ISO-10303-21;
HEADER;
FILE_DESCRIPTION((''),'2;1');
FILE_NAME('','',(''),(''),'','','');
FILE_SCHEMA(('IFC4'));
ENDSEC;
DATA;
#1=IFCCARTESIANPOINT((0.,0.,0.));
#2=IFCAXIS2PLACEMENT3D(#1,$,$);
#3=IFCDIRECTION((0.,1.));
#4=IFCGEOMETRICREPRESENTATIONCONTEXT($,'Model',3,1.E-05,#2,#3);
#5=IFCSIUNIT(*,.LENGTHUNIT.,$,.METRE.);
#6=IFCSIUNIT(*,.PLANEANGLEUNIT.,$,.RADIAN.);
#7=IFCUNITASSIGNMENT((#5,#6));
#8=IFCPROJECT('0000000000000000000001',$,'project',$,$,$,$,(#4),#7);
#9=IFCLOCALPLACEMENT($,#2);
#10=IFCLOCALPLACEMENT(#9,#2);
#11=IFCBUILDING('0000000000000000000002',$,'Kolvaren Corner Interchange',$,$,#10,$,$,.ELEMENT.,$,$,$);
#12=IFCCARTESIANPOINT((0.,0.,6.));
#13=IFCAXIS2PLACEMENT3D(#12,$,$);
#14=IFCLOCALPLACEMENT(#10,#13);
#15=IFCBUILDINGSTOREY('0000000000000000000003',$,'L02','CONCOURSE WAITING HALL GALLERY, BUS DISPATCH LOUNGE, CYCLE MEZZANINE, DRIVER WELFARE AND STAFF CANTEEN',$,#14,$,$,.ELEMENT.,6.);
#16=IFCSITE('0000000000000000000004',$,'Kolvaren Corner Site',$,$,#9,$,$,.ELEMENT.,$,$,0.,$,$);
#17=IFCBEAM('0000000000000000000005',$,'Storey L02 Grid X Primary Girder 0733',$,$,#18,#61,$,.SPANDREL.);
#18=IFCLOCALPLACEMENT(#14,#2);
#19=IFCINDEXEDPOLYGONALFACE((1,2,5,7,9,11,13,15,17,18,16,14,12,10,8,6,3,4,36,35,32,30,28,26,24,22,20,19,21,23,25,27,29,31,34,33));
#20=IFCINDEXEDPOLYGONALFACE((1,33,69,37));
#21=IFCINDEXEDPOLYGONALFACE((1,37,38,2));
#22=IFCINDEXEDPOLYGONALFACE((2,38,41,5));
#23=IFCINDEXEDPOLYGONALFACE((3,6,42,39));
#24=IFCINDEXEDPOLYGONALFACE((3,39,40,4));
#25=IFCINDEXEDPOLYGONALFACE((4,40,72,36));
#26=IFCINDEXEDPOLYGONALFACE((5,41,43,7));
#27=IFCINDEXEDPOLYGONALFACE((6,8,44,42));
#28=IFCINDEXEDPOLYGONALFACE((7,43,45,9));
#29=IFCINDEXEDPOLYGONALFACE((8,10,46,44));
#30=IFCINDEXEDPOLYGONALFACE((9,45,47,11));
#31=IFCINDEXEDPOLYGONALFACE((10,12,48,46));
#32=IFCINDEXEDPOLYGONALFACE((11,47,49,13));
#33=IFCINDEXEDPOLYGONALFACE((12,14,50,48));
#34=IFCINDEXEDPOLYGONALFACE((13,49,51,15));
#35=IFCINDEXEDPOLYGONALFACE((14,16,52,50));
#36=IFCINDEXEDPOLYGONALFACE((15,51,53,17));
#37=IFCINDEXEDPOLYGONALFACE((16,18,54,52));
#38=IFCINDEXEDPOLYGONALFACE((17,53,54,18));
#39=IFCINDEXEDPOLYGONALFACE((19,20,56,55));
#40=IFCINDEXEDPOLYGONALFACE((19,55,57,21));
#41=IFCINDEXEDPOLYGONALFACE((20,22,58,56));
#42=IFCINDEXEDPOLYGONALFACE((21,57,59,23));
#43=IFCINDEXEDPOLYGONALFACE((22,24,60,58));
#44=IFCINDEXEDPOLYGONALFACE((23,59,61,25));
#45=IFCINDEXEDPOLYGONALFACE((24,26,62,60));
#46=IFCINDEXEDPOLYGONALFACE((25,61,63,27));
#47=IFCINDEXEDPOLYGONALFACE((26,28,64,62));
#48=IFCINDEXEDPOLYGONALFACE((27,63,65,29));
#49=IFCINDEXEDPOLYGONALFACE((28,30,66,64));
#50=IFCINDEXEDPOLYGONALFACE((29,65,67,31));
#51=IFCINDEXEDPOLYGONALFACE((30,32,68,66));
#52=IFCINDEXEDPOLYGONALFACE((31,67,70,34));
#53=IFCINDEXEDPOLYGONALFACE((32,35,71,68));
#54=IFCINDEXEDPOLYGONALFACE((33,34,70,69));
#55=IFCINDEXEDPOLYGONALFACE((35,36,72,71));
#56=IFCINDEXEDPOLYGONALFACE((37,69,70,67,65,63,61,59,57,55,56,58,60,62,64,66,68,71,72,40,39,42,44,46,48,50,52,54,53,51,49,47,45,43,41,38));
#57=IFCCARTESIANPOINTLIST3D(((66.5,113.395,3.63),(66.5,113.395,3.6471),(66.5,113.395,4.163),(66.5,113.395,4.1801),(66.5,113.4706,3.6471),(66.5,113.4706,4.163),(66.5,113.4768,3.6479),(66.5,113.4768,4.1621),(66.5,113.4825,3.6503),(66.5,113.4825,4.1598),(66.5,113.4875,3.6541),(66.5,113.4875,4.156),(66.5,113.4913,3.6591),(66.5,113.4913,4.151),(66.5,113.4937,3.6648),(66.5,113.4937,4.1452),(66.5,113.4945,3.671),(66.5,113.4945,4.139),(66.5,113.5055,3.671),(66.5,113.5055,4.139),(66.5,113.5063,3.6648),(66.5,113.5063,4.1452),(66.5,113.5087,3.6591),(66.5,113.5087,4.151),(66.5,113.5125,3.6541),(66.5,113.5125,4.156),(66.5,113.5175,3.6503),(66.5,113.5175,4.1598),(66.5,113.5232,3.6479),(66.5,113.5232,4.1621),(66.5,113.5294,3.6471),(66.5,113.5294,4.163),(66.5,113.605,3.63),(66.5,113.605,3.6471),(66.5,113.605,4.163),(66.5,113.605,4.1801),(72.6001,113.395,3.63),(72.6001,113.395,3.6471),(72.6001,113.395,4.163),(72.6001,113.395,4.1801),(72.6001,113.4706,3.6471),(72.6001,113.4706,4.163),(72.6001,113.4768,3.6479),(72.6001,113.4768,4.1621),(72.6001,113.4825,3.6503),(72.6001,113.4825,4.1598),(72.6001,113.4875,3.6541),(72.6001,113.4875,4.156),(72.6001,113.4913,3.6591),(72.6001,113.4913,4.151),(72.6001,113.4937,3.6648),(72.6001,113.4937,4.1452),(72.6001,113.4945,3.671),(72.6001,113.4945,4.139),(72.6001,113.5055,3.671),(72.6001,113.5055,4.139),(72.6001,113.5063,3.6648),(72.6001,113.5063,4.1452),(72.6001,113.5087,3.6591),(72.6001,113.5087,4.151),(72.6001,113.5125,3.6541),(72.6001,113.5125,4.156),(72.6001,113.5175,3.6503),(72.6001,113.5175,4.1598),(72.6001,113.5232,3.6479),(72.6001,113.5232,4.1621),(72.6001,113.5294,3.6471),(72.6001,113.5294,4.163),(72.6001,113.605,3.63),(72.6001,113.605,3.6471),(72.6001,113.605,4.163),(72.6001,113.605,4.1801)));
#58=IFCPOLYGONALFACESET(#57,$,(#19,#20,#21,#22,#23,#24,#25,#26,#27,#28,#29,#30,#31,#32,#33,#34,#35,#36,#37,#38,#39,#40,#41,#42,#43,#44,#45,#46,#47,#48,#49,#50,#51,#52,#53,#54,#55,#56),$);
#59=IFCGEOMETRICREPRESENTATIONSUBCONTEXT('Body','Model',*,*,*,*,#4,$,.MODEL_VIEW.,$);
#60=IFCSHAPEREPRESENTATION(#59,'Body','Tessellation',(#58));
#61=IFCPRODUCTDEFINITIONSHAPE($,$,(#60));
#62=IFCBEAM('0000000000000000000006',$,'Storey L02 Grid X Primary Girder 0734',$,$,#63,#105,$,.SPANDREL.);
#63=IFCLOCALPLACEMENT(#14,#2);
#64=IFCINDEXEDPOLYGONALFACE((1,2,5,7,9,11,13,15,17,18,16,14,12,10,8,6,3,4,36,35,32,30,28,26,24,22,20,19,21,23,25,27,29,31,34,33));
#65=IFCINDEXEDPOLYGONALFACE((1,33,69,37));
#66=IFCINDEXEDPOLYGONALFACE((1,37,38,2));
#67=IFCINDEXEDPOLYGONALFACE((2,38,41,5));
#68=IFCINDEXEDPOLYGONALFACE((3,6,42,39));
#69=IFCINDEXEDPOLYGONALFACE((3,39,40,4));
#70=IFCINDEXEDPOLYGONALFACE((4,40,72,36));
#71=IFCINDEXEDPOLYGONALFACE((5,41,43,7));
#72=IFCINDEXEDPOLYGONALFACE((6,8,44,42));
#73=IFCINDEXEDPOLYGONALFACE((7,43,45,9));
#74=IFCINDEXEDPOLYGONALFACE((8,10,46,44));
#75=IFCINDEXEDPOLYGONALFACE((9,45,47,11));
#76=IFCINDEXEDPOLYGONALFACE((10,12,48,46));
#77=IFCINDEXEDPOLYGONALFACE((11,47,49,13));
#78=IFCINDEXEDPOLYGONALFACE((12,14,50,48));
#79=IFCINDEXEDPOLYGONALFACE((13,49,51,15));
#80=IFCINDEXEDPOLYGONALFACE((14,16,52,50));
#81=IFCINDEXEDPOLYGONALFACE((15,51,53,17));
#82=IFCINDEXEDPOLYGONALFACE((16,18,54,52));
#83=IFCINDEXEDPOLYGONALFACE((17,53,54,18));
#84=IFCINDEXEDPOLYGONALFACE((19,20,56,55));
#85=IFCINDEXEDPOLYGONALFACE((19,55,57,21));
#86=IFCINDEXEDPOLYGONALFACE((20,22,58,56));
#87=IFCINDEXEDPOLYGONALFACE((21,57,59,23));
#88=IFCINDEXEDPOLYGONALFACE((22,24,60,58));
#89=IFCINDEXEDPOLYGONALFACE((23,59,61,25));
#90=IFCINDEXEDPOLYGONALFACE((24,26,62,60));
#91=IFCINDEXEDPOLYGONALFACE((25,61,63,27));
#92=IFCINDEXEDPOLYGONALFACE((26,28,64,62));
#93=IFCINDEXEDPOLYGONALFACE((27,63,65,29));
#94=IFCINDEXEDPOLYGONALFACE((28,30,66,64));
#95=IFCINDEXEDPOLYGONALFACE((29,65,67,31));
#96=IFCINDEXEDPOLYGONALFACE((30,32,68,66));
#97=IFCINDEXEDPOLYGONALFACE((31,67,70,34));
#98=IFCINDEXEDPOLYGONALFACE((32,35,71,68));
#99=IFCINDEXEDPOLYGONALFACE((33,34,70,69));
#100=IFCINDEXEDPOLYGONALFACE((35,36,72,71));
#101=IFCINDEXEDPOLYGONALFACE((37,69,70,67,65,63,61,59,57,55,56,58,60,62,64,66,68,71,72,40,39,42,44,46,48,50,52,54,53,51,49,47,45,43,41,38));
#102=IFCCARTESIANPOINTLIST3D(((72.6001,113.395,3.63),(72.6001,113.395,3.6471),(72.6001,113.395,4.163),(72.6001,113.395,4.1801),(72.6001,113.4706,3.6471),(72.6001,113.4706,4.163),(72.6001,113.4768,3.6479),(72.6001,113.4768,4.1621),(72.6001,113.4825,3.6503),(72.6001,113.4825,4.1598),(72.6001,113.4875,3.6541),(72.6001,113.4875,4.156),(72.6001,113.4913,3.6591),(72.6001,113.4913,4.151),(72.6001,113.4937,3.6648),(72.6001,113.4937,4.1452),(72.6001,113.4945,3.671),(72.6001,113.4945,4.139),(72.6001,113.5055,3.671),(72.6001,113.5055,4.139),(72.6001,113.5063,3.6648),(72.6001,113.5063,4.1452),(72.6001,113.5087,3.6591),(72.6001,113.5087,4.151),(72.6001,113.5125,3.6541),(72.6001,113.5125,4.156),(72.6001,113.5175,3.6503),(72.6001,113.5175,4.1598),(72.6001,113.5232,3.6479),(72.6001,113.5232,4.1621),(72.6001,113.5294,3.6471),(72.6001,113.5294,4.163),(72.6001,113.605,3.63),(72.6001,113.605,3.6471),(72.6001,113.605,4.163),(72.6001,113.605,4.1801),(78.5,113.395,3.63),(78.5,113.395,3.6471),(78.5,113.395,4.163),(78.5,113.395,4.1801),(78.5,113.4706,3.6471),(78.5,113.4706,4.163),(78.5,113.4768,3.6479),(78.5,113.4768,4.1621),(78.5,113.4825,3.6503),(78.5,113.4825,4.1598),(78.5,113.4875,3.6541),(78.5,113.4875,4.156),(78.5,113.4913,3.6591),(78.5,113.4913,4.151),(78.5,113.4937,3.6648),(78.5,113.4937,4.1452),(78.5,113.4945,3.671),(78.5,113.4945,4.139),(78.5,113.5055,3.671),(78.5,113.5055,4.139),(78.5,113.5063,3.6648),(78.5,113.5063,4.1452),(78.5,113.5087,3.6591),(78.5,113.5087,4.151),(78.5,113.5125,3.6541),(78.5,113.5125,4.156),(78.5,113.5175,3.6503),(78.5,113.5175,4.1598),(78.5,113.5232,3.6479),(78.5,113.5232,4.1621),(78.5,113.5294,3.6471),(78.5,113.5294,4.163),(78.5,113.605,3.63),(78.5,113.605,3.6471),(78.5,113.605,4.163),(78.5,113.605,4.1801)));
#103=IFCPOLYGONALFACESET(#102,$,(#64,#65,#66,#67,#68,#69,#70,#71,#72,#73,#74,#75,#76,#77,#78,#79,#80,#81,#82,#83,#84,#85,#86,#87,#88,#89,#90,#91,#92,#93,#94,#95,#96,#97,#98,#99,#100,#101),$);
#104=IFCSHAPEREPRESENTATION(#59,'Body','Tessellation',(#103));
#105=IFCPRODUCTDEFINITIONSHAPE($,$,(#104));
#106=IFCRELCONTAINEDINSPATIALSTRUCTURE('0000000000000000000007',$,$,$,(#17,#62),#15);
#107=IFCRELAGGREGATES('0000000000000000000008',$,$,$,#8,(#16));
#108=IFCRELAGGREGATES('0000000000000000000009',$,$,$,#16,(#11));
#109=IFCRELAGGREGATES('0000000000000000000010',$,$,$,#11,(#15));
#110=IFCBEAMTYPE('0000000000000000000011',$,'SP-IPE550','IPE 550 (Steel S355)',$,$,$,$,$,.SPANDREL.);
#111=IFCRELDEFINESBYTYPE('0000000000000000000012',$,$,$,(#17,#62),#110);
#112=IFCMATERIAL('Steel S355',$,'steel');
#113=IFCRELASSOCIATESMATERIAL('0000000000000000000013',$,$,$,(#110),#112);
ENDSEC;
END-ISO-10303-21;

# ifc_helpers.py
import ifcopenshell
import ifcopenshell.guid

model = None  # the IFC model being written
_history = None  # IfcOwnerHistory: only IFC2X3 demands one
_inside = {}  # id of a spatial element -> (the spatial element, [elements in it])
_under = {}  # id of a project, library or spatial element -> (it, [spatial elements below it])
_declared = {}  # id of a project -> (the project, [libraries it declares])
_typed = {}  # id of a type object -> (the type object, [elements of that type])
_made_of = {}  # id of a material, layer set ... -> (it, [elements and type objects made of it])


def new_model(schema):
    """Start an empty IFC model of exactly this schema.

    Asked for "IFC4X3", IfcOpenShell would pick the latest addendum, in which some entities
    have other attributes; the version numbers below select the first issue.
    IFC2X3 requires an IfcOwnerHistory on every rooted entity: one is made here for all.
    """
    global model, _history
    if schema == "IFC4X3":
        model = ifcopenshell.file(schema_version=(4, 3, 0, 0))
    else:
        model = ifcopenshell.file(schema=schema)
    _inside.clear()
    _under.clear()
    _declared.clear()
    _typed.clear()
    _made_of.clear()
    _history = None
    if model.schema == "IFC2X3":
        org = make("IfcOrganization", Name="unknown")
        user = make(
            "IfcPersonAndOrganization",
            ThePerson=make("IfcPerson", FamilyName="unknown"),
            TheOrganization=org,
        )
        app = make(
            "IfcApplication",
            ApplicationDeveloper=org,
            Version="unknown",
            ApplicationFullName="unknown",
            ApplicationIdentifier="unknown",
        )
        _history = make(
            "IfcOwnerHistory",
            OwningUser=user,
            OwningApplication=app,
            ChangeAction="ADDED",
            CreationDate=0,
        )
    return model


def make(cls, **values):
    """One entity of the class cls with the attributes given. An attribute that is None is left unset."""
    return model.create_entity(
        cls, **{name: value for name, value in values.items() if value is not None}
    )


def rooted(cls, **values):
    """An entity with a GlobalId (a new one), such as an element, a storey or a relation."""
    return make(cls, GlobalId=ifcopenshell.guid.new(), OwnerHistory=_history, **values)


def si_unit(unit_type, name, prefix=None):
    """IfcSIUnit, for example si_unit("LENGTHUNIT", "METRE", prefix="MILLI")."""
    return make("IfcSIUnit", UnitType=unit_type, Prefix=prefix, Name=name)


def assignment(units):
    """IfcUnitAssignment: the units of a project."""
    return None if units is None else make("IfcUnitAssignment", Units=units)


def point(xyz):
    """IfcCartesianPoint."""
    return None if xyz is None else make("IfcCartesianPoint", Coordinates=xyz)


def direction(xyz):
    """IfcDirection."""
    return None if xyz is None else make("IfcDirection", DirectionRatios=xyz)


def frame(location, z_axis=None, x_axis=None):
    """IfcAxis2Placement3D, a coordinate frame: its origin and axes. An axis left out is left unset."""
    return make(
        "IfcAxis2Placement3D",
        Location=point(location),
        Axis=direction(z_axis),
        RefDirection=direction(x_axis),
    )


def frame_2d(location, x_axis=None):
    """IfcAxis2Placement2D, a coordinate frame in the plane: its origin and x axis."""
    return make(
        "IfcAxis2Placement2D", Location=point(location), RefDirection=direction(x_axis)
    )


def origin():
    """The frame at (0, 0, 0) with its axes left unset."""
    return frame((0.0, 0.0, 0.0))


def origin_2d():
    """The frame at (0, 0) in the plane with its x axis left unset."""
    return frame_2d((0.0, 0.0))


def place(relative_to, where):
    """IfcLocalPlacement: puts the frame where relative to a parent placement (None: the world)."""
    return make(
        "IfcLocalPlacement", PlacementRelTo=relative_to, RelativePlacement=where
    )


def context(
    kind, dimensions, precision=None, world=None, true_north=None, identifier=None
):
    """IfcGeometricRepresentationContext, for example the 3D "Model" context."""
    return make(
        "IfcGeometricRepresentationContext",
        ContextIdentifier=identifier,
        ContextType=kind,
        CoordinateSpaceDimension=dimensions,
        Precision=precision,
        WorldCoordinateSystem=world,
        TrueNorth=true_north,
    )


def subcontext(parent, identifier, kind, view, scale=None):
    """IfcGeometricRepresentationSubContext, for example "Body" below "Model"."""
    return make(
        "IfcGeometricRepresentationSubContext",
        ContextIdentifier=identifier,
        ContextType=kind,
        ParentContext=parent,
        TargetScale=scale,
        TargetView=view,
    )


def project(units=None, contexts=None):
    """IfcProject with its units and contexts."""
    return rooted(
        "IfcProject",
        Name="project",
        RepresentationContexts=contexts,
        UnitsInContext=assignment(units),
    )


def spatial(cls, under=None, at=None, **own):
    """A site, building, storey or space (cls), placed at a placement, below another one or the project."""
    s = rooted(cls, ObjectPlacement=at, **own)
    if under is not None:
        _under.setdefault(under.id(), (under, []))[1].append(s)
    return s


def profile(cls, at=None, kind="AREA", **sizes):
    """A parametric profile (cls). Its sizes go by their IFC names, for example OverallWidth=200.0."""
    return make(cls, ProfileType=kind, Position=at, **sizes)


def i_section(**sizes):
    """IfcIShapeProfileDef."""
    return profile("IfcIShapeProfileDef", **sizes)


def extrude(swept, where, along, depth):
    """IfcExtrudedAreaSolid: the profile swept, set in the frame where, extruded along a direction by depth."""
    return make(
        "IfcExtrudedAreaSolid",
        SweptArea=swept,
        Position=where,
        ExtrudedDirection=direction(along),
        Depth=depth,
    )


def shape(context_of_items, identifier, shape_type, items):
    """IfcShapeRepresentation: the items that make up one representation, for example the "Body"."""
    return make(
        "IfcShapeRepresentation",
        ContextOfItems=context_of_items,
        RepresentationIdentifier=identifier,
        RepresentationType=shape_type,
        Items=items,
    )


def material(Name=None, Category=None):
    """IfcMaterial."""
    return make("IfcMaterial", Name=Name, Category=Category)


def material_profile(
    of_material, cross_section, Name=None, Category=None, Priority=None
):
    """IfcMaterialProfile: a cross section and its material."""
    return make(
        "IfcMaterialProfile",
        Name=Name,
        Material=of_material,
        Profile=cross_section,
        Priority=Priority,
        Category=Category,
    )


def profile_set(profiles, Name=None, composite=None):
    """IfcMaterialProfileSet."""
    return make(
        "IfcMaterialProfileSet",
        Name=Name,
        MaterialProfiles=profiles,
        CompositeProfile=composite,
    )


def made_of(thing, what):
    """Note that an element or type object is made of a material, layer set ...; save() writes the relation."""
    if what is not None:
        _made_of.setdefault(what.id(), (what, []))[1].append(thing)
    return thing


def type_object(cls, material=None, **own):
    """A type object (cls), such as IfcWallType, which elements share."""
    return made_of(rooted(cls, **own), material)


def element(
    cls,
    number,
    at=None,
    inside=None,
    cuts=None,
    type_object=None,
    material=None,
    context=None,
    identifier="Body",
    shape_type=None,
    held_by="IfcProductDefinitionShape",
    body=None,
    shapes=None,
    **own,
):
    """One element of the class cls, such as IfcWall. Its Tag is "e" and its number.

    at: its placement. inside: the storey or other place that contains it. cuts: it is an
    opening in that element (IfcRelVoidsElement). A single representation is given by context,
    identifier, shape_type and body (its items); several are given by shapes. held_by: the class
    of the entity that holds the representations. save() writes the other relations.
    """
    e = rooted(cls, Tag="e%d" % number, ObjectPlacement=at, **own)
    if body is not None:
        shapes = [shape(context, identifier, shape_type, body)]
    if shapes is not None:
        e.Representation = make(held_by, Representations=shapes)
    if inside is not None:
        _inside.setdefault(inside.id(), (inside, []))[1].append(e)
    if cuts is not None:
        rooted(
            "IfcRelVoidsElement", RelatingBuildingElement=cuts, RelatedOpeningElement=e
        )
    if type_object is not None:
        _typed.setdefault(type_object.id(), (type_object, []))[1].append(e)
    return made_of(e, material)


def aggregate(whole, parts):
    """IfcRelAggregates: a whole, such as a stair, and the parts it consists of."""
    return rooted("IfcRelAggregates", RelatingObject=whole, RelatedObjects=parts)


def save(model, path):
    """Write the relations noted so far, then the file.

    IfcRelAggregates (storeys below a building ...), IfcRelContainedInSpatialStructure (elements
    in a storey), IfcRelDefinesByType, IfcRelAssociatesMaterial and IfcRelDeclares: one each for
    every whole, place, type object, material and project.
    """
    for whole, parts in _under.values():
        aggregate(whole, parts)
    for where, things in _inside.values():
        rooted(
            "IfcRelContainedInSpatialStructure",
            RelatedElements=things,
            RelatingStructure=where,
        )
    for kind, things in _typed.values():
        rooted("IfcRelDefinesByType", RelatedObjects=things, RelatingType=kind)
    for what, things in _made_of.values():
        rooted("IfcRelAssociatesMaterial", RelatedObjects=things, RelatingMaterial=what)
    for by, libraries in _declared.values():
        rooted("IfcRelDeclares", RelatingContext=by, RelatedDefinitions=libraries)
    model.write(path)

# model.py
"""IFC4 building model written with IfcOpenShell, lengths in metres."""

from ifc_helpers import new_model, si_unit, direction, frame, origin, origin_2d, place, context, subcontext, project, spatial, i_section, extrude, material, material_profile, profile_set, type_object, element, save


model = new_model("IFC4")

# Units and contexts
model_context = context("Model", 3, precision=1e-05, world=origin(), true_north=direction((0.0, 1.0)))
body_context = subcontext(model_context, "Body", "Model", "MODEL_VIEW")
ifc_project = project(units=[si_unit("LENGTHUNIT", "METRE"), si_unit("PLANEANGLEUNIT", "RADIAN")], contexts=[model_context])

# Site, building, storey
site_placement = place(None, origin())
site = spatial("IfcSite", under=ifc_project, at=site_placement, Name="Kolvaren Corner Site", CompositionType="ELEMENT", RefElevation=0.0)
building_placement = place(site_placement, origin())
building = spatial("IfcBuilding", under=site, at=building_placement, Name="Kolvaren Corner Interchange", CompositionType="ELEMENT")
storey_placement = place(building_placement, frame((0.0, 0.0, 6.0)))
storey = spatial("IfcBuildingStorey", under=building, at=storey_placement, Name="L02", Description="CONCOURSE WAITING HALL GALLERY, BUS DISPATCH LOUNGE, CYCLE MEZZANINE, DRIVER WELFARE AND STAFF CANTEEN", CompositionType="ELEMENT", Elevation=6.0)

# Beams
ifc_material_1 = material(Name="Steel S355", Category="steel")
ifc_material_profile_1 = material_profile(ifc_material_1, i_section(OverallWidth=0.21, OverallDepth=0.55, WebThickness=0.011, FlangeThickness=0.0171, FilletRadius=0.0239, at=origin_2d()), Name="IPE 550")
ifc_profile_set_1 = profile_set([ifc_material_profile_1], Name="Steel S355")
beam_type_1 = type_object("IfcBeamType", Name="SP-IPE550", Description="IPE 550 (Steel S355)", PredefinedType="SPANDREL", material=ifc_profile_set_1)
beam_1_placement = place(storey_placement, frame((66.5, 113.5, 3.905), z_axis=(1.0, 0.0, 0.0), x_axis=(0.0, 1.0, 0.0)))
element("IfcBeam", 1, at=beam_1_placement, inside=storey, type_object=beam_type_1, Name="Storey L02 Grid X Primary Girder 0733", PredefinedType="SPANDREL", context=body_context, shape_type="SweptSolid", body=[
    extrude(i_section(OverallWidth=0.21, OverallDepth=0.55, WebThickness=0.011, FlangeThickness=0.0171, FilletRadius=0.0239, at=origin_2d()), origin(), (0.0, 0.0, 1.0), 6.1001),
])
beam_2_placement = place(storey_placement, frame((72.6001, 113.5, 3.905), z_axis=(1.0, 0.0, 0.0), x_axis=(0.0, 1.0, 0.0)))
element("IfcBeam", 2, at=beam_2_placement, inside=storey, type_object=beam_type_1, Name="Storey L02 Grid X Primary Girder 0734", PredefinedType="SPANDREL", context=body_context, shape_type="SweptSolid", body=[
    extrude(i_section(OverallWidth=0.21, OverallDepth=0.55, WebThickness=0.011, FlangeThickness=0.0171, FilletRadius=0.0239, at=origin_2d()), origin(), (0.0, 0.0, 1.0), 5.8999),
])

save(model, "model.ifc")
